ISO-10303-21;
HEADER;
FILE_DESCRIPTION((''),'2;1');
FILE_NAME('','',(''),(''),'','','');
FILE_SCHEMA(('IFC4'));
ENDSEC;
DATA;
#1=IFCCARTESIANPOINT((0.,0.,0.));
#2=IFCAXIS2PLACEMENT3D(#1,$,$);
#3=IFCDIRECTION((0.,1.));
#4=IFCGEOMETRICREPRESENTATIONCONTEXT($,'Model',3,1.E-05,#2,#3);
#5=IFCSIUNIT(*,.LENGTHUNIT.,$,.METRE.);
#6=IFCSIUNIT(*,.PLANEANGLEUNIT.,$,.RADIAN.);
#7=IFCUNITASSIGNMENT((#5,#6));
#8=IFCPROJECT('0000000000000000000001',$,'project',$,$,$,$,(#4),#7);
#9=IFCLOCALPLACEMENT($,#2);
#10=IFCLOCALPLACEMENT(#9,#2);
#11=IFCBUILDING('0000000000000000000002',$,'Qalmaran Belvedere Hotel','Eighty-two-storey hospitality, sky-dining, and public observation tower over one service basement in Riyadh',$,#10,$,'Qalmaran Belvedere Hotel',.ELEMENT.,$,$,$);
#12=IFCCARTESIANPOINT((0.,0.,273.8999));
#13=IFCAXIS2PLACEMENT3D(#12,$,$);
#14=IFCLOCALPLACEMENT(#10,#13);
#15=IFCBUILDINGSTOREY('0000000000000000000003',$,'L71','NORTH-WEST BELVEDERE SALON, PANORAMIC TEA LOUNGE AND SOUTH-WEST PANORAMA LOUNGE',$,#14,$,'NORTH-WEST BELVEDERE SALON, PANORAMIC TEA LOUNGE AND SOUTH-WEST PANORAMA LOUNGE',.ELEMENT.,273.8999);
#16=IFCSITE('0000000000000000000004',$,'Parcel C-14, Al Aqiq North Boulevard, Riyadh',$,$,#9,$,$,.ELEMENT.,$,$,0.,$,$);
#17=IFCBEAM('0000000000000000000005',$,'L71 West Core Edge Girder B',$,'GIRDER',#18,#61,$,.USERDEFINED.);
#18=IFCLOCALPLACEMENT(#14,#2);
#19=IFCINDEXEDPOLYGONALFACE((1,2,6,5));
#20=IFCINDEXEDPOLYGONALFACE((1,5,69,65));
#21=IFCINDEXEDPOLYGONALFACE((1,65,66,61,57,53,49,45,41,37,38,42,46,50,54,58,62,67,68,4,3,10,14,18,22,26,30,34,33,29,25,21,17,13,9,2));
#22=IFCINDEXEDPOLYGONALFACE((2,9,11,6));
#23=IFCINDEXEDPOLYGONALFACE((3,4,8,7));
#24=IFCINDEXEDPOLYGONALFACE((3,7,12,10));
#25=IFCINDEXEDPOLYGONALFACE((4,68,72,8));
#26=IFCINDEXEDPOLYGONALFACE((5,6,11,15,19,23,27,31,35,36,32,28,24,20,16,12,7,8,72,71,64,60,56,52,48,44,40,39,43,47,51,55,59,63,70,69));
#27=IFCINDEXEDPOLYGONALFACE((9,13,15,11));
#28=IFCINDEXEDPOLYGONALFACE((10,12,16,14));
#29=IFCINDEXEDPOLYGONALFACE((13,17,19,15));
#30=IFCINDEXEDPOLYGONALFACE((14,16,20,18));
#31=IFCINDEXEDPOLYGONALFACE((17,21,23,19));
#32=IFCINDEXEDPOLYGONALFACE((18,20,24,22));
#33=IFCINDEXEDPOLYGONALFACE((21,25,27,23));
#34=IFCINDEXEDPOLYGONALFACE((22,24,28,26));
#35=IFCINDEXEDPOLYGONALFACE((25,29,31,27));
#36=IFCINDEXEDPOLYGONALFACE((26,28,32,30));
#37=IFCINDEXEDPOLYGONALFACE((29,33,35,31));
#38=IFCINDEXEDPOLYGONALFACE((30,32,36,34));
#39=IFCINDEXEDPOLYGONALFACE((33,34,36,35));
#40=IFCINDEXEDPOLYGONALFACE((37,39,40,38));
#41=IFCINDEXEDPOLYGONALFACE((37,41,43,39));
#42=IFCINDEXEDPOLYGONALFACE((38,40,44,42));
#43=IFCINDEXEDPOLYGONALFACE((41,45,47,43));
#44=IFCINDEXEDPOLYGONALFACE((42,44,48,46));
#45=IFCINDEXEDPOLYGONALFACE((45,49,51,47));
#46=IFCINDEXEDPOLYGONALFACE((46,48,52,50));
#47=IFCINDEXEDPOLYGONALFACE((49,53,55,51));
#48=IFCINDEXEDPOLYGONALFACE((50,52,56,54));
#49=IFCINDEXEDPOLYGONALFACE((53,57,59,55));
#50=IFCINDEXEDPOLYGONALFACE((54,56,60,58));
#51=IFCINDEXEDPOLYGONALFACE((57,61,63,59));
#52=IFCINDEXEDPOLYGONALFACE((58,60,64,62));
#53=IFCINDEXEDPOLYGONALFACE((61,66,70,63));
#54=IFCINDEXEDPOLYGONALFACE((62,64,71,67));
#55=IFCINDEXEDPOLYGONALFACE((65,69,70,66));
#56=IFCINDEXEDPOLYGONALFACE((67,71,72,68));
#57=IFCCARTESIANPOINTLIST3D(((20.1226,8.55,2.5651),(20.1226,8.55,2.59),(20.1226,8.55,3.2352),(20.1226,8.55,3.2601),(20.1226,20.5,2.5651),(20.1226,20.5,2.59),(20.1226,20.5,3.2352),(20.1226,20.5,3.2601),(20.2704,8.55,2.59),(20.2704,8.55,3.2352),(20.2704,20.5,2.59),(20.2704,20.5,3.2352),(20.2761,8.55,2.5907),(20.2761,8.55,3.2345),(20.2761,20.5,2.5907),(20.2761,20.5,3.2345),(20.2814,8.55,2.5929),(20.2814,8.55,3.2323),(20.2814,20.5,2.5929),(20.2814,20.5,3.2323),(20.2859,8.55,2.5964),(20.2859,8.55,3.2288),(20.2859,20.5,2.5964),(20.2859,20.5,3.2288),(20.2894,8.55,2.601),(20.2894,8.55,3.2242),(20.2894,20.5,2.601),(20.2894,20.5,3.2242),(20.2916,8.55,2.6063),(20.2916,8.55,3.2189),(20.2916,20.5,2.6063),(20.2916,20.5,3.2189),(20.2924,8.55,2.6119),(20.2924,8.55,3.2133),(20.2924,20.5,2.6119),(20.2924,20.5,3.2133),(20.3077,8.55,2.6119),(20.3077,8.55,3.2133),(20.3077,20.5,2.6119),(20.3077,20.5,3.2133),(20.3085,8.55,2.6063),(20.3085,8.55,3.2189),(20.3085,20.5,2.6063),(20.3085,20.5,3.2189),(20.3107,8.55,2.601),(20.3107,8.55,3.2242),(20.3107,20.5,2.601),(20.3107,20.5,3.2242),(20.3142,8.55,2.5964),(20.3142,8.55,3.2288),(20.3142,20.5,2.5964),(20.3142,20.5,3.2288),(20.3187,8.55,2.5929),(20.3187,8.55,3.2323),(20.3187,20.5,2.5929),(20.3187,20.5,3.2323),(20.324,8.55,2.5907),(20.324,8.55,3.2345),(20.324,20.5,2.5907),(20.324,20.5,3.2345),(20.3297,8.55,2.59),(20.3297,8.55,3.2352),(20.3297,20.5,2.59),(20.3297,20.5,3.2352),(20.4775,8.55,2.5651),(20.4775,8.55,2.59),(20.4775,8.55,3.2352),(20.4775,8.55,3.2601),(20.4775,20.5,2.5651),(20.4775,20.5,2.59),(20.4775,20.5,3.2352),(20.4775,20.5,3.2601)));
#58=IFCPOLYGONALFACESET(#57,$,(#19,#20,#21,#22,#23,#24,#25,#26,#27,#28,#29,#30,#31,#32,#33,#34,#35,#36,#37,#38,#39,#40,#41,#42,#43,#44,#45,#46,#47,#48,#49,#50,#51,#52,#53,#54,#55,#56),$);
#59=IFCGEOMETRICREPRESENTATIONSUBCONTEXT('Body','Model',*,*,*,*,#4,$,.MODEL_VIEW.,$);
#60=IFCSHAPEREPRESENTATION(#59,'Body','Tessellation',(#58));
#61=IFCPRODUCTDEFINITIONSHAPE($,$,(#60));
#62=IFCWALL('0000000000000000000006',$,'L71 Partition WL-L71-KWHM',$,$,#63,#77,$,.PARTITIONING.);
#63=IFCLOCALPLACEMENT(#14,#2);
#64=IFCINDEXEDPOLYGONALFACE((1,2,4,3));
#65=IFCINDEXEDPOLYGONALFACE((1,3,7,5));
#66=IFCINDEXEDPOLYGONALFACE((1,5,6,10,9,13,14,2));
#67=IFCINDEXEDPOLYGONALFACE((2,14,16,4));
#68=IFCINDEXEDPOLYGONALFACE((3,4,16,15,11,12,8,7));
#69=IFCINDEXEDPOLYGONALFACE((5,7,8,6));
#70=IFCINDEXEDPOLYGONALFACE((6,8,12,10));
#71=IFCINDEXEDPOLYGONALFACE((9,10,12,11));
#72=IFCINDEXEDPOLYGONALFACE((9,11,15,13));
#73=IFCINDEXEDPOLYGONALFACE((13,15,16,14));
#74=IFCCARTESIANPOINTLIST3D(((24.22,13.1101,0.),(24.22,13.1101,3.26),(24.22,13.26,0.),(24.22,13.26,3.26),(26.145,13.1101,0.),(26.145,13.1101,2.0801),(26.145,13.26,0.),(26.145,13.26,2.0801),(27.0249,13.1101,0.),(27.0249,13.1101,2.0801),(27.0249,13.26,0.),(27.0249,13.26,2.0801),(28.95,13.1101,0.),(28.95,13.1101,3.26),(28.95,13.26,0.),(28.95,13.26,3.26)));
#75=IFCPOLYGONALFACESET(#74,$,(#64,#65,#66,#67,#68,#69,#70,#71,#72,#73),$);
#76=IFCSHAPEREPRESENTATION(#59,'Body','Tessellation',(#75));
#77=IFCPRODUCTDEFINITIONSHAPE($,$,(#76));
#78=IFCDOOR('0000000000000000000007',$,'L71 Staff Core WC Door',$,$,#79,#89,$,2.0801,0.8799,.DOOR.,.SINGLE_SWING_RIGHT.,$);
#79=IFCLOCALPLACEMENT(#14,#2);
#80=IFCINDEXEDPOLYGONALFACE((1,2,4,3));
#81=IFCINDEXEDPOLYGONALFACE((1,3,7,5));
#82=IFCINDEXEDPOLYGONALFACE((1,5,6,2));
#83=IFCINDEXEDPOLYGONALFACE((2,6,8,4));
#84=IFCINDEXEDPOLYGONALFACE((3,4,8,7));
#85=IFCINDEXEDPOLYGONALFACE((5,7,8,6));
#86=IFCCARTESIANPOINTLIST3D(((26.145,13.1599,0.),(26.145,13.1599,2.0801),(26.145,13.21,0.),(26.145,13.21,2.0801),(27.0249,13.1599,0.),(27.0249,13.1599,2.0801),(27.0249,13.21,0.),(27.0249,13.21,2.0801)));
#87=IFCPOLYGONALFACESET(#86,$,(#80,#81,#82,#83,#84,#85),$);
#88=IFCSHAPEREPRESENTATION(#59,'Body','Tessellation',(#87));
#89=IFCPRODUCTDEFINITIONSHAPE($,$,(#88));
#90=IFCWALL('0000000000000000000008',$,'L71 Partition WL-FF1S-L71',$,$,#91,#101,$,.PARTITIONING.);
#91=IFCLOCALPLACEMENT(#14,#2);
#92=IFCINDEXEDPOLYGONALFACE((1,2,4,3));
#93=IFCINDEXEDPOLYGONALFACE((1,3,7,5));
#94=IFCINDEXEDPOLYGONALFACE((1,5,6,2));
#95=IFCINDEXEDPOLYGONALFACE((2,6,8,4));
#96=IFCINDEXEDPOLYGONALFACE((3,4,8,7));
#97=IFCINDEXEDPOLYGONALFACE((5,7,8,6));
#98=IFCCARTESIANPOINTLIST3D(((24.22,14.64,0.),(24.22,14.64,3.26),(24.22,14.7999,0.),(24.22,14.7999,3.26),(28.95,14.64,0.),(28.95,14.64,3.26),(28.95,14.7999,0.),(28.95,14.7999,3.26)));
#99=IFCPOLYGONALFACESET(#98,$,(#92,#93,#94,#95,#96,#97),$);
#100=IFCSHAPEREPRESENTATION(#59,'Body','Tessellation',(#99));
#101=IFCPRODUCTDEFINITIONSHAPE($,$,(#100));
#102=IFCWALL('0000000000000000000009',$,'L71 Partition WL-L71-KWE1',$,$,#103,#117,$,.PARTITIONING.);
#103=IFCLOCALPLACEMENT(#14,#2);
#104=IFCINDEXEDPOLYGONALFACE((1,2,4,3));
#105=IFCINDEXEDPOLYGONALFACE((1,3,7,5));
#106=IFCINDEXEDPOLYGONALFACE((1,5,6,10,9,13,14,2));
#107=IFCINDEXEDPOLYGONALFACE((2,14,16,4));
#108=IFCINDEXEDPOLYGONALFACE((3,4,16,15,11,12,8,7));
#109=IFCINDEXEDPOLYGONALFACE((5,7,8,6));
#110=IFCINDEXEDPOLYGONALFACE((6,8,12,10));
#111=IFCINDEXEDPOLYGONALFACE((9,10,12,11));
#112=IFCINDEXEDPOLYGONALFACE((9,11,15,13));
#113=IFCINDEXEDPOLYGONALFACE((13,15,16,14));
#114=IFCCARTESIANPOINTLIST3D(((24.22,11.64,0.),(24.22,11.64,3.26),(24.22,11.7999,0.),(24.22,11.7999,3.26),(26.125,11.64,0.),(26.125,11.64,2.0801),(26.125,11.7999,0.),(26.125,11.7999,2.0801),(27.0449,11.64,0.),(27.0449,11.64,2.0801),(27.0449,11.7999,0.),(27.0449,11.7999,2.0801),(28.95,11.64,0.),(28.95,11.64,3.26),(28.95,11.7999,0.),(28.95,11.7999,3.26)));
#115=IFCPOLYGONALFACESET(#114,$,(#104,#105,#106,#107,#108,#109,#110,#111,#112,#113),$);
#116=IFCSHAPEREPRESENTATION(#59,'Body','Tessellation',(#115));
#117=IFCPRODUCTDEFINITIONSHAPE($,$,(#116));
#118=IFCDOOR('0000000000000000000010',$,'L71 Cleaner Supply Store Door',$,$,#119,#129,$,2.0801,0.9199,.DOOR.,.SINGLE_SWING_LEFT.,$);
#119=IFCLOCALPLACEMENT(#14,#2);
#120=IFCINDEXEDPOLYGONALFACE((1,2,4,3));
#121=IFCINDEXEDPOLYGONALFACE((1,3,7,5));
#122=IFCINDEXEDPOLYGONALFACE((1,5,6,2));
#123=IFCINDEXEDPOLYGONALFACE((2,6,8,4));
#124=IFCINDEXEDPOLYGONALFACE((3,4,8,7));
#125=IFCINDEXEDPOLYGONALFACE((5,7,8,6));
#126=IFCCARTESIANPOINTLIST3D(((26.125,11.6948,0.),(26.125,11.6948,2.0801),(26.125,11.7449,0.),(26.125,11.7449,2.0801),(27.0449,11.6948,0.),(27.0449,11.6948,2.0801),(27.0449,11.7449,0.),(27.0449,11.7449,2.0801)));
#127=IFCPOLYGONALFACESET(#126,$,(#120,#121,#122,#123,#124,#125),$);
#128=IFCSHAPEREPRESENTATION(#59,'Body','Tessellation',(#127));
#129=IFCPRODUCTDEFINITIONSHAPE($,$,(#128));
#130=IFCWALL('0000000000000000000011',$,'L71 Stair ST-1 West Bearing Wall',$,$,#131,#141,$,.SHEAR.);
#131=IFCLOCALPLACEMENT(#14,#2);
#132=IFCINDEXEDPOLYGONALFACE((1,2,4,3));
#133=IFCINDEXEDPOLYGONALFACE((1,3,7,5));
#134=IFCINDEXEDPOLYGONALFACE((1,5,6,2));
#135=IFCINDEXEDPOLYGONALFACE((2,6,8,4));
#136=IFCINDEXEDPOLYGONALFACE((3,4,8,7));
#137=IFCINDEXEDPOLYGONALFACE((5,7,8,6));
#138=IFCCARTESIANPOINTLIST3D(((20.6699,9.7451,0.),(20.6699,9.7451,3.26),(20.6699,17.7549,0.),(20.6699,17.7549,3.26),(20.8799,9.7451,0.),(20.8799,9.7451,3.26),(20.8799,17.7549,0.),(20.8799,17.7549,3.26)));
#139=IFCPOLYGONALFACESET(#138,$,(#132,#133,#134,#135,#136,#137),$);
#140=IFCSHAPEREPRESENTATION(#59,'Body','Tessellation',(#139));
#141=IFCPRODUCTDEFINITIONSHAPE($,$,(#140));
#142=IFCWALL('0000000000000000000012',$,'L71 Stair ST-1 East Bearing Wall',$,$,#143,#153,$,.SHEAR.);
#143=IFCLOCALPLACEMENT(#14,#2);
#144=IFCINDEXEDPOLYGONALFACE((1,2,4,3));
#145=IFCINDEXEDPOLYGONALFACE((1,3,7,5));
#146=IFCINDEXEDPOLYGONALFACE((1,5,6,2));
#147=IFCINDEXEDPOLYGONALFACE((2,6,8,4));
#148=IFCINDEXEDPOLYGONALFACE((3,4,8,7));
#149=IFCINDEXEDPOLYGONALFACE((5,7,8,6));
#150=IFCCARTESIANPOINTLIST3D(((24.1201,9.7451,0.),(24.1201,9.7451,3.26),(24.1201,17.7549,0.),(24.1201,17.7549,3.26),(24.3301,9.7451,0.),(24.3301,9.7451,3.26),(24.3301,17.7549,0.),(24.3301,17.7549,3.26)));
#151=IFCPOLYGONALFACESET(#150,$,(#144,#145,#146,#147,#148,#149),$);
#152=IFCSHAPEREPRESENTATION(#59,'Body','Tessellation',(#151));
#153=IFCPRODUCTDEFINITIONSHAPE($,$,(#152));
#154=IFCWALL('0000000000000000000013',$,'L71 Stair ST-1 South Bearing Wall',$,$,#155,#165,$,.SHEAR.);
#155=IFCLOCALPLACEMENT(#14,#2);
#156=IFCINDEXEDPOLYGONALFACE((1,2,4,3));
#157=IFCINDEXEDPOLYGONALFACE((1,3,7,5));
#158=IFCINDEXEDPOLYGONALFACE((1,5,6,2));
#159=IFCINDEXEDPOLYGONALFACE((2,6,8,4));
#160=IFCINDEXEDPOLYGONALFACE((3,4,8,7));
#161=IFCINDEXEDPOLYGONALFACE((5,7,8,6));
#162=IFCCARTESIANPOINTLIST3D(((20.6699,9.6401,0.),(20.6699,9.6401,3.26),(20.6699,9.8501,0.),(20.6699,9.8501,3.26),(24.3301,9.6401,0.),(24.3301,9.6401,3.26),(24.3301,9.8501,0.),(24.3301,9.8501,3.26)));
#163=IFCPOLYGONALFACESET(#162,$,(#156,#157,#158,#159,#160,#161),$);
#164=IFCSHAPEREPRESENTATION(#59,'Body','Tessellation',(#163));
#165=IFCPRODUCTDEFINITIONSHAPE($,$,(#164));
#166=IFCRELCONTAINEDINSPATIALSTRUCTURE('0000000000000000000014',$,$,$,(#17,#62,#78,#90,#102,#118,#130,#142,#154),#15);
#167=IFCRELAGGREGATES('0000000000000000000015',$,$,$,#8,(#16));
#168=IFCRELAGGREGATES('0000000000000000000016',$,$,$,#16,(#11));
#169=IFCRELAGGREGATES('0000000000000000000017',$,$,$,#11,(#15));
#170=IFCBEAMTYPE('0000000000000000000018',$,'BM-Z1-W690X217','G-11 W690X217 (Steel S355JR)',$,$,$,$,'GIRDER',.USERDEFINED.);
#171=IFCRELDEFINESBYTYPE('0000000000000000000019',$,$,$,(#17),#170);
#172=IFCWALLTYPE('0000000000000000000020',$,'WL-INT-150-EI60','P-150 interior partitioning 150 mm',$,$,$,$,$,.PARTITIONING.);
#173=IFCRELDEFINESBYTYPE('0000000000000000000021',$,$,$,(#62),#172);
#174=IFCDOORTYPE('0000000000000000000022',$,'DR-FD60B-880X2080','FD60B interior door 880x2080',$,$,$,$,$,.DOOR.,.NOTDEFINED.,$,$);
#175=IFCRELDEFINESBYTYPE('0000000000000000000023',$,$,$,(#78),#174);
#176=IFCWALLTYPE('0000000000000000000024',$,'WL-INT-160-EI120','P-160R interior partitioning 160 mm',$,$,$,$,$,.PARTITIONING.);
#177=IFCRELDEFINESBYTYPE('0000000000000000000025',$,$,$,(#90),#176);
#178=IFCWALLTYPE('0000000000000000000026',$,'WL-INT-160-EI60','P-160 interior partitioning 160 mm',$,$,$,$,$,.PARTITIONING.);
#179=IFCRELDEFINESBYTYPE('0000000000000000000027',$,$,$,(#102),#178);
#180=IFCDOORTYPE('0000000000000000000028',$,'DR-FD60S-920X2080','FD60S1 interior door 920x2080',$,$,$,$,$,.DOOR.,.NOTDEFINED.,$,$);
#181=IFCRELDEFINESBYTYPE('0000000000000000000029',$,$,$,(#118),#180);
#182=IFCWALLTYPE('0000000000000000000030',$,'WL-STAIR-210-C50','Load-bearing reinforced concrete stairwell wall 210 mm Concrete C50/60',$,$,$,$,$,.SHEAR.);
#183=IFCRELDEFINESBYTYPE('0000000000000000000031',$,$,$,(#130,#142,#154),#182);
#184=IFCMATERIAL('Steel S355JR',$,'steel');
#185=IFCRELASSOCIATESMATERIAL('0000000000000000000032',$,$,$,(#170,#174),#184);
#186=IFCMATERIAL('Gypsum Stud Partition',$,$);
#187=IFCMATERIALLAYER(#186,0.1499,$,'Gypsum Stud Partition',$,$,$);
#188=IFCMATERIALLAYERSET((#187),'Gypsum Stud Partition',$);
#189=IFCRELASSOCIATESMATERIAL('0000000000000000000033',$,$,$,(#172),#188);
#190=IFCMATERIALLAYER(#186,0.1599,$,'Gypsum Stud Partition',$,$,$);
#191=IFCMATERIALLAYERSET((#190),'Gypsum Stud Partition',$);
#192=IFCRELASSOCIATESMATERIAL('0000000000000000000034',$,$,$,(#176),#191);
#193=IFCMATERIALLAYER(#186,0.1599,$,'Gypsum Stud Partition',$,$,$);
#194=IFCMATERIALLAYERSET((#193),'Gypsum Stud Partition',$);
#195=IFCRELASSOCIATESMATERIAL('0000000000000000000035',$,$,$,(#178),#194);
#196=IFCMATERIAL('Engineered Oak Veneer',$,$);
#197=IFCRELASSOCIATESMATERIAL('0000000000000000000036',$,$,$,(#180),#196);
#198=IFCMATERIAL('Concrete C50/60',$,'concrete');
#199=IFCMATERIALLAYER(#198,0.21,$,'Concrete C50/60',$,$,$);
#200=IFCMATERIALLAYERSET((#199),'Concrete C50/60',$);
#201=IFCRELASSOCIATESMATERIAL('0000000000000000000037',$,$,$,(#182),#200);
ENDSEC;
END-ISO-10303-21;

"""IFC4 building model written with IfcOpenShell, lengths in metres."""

from ifc_helpers import new_model, si_unit, direction, frame, frame_2d, origin, origin_2d, place, context, subcontext, project, spatial, rectangle, i_section, extrude, material, layer, layer_set, material_profile, profile_set, type_object, element, fill, save


model = new_model("IFC4")

# Units and contexts
model_context = context("Model", 3, precision=1e-05, world=origin(), true_north=direction((0.0, 1.0)))
body_context = subcontext(model_context, "Body", "Model", "MODEL_VIEW")
ifc_project = project(units=[si_unit("LENGTHUNIT", "METRE"), si_unit("PLANEANGLEUNIT", "RADIAN")], contexts=[model_context])

# Site, building, storey
site_placement = place(None, origin())
site = spatial("IfcSite", under=ifc_project, at=site_placement, Name="Parcel C-14, Al Aqiq North Boulevard, Riyadh", CompositionType="ELEMENT", RefElevation=0.0)
building_placement = place(site_placement, origin())
building = spatial("IfcBuilding", under=site, at=building_placement, Name="Qalmaran Belvedere Hotel", Description="Eighty-two-storey hospitality, sky-dining, and public observation tower over one service basement in Riyadh", LongName="Qalmaran Belvedere Hotel", CompositionType="ELEMENT")
storey_placement = place(building_placement, frame((0.0, 0.0, 273.8999)))
storey = spatial("IfcBuildingStorey", under=building, at=storey_placement, Name="L71", Description="NORTH-WEST BELVEDERE SALON, PANORAMIC TEA LOUNGE AND SOUTH-WEST PANORAMA LOUNGE", LongName="NORTH-WEST BELVEDERE SALON, PANORAMIC TEA LOUNGE AND SOUTH-WEST PANORAMA LOUNGE", CompositionType="ELEMENT", Elevation=273.8999)

# Beam
ifc_material_1 = material(Name="Steel S355JR", Category="steel")
ifc_material_profile = material_profile(ifc_material_1, i_section(OverallWidth=0.355, OverallDepth=0.6951, WebThickness=0.0154, FlangeThickness=0.0249, FilletRadius=0.022, at=origin_2d()), Name="W690X217")
ifc_profile_set = profile_set([ifc_material_profile], Name="Steel S355JR")
beam_type = type_object("IfcBeamType", Name="BM-Z1-W690X217", Description="G-11 W690X217 (Steel S355JR)", ElementType="GIRDER", PredefinedType="USERDEFINED", material=ifc_profile_set)
beam_placement = place(storey_placement, frame((20.3, 8.55, 2.9126), z_axis=(0.0, 1.0, 0.0), x_axis=(-1.0, 0.0, 0.0)))
element("IfcBeam", 1, at=beam_placement, inside=storey, type_object=beam_type, Name="L71 West Core Edge Girder B", ObjectType="GIRDER", PredefinedType="USERDEFINED", context=body_context, shape_type="SweptSolid", body=[
    extrude(i_section(OverallWidth=0.355, OverallDepth=0.6951, WebThickness=0.0154, FlangeThickness=0.0249, FilletRadius=0.022, at=origin_2d()), origin(), (0.0, 0.0, 1.0), 11.95),
])

# Wall, opening, door
ifc_material_2 = material(Name="Gypsum Stud Partition")
ifc_layer_1 = layer(ifc_material_2, 0.1499, Name="Gypsum Stud Partition")
ifc_layer_set_1 = layer_set([ifc_layer_1], Name="Gypsum Stud Partition")
wall_type_1 = type_object("IfcWallType", Name="WL-INT-150-EI60", Description="P-150 interior partitioning 150 mm", PredefinedType="PARTITIONING", material=ifc_layer_set_1)
wall_1_placement = place(storey_placement, frame((24.22, 13.1851, 0.0), z_axis=(0.0, 0.0, 1.0), x_axis=(1.0, 0.0, 0.0)))
wall_1 = element("IfcWall", 2, at=wall_1_placement, inside=storey, type_object=wall_type_1, Name="L71 Partition WL-L71-KWHM", PredefinedType="PARTITIONING", context=body_context, shape_type="SweptSolid", body=[
    extrude(rectangle(XDim=4.73, YDim=0.1499, at=frame_2d((2.365, 0.0))), origin(), (0.0, 0.0, 1.0), 3.26),
])
opening_1_placement = place(wall_1_placement, frame((1.925, 0.0, 0.0)))
opening_1 = element("IfcOpeningElement", 3, at=opening_1_placement, cuts=wall_1, PredefinedType="OPENING", context=body_context, shape_type="SweptSolid", body=[
    extrude(rectangle(XDim=0.8799, YDim=2.0801, at=frame_2d((0.4399, 1.04))), frame((0.0, 0.085, 0.0), z_axis=(0.0, -1.0, 0.0), x_axis=(1.0, 0.0, 0.0)), (0.0, 0.0, 1.0), 0.1699),
])
door_type_1 = type_object("IfcDoorType", Name="DR-FD60B-880X2080", Description="FD60B interior door 880x2080", OperationType="NOTDEFINED", PredefinedType="DOOR", material=ifc_material_1)
door_1_placement = place(opening_1_placement, origin())
door_1 = element("IfcDoor", 4, at=door_1_placement, inside=storey, type_object=door_type_1, Name="L71 Staff Core WC Door", OperationType="SINGLE_SWING_RIGHT", OverallHeight=2.0801, OverallWidth=0.8799, PredefinedType="DOOR", context=body_context, shape_type="SweptSolid", body=[
    extrude(rectangle(XDim=0.8799, YDim=2.0801, at=frame_2d((0.4399, 1.04))), frame((0.0, 0.0249, 0.0), z_axis=(0.0, -1.0, 0.0), x_axis=(1.0, 0.0, 0.0)), (0.0, 0.0, 1.0), 0.05),
])
fill(opening_1, door_1)

# Wall
ifc_layer_2 = layer(ifc_material_2, 0.1599, Name="Gypsum Stud Partition")
ifc_layer_set_2 = layer_set([ifc_layer_2], Name="Gypsum Stud Partition")
wall_type_2 = type_object("IfcWallType", Name="WL-INT-160-EI120", Description="P-160R interior partitioning 160 mm", PredefinedType="PARTITIONING", material=ifc_layer_set_2)
wall_2_placement = place(storey_placement, frame((24.22, 14.72, 0.0), z_axis=(0.0, 0.0, 1.0), x_axis=(1.0, 0.0, 0.0)))
element("IfcWall", 5, at=wall_2_placement, inside=storey, type_object=wall_type_2, Name="L71 Partition WL-FF1S-L71", PredefinedType="PARTITIONING", context=body_context, shape_type="SweptSolid", body=[
    extrude(rectangle(XDim=4.73, YDim=0.1599, at=frame_2d((2.365, 0.0))), origin(), (0.0, 0.0, 1.0), 3.26),
])

# Wall, opening, door
ifc_layer_3 = layer(ifc_material_2, 0.1599, Name="Gypsum Stud Partition")
ifc_layer_set_3 = layer_set([ifc_layer_3], Name="Gypsum Stud Partition")
wall_type_3 = type_object("IfcWallType", Name="WL-INT-160-EI60", Description="P-160 interior partitioning 160 mm", PredefinedType="PARTITIONING", material=ifc_layer_set_3)
wall_3_placement = place(storey_placement, frame((24.22, 11.72, 0.0), z_axis=(0.0, 0.0, 1.0), x_axis=(1.0, 0.0, 0.0)))
wall_3 = element("IfcWall", 6, at=wall_3_placement, inside=storey, type_object=wall_type_3, Name="L71 Partition WL-L71-KWE1", PredefinedType="PARTITIONING", context=body_context, shape_type="SweptSolid", body=[
    extrude(rectangle(XDim=4.73, YDim=0.1599, at=frame_2d((2.365, 0.0))), origin(), (0.0, 0.0, 1.0), 3.26),
])
opening_2_placement = place(wall_3_placement, frame((1.905, 0.0, 0.0)))
opening_2 = element("IfcOpeningElement", 7, at=opening_2_placement, cuts=wall_3, PredefinedType="OPENING", context=body_context, shape_type="SweptSolid", body=[
    extrude(rectangle(XDim=0.9199, YDim=2.0801, at=frame_2d((0.46, 1.04))), frame((0.0, 0.0898, 0.0), z_axis=(0.0, -1.0, 0.0), x_axis=(1.0, 0.0, 0.0)), (0.0, 0.0, 1.0), 0.1799),
])
ifc_material_3 = material(Name="Engineered Oak Veneer")
door_type_2 = type_object("IfcDoorType", Name="DR-FD60S-920X2080", Description="FD60S1 interior door 920x2080", OperationType="NOTDEFINED", PredefinedType="DOOR", material=ifc_material_3)
door_2_placement = place(opening_2_placement, origin())
door_2 = element("IfcDoor", 8, at=door_2_placement, inside=storey, type_object=door_type_2, Name="L71 Cleaner Supply Store Door", OperationType="SINGLE_SWING_LEFT", OverallHeight=2.0801, OverallWidth=0.9199, PredefinedType="DOOR", context=body_context, shape_type="SweptSolid", body=[
    extrude(rectangle(XDim=0.9199, YDim=2.0801, at=frame_2d((0.46, 1.04))), frame((0.0, 0.0249, 0.0), z_axis=(0.0, -1.0, 0.0), x_axis=(1.0, 0.0, 0.0)), (0.0, 0.0, 1.0), 0.05),
])
fill(opening_2, door_2)

# Walls
ifc_material_4 = material(Name="Concrete C50/60", Category="concrete")
ifc_layer_4 = layer(ifc_material_4, 0.21, Name="Concrete C50/60")
ifc_layer_set_4 = layer_set([ifc_layer_4], Name="Concrete C50/60")
wall_type_4 = type_object("IfcWallType", Name="WL-STAIR-210-C50", Description="Load-bearing reinforced concrete stairwell wall 210 mm Concrete C50/60", PredefinedType="SHEAR", material=ifc_layer_set_4)
for number, where, z_axis, x_axis, name in (
    (9, (20.7749, 9.7451, 0.0), (0.0, 0.0, 1.0), (0.0, 1.0, 0.0), "L71 Stair ST-1 West Bearing Wall"),
    (10, (24.2251, 9.7451, 0.0), (0.0, 0.0, 1.0), (0.0, 1.0, 0.0), "L71 Stair ST-1 East Bearing Wall"),
):
    element("IfcWall", number, at=place(storey_placement, frame(where, z_axis=z_axis, x_axis=x_axis)), inside=storey, type_object=wall_type_4, Name=name, PredefinedType="SHEAR", context=body_context, shape_type="SweptSolid", body=[
        extrude(rectangle(XDim=8.0098, YDim=0.21, at=frame_2d((4.0049, 0.0))), origin(), (0.0, 0.0, 1.0), 3.26),
    ])
wall_4_placement = place(storey_placement, frame((20.6699, 9.7451, 0.0), z_axis=(0.0, 0.0, 1.0), x_axis=(1.0, 0.0, 0.0)))
element("IfcWall", 11, at=wall_4_placement, inside=storey, type_object=wall_type_4, Name="L71 Stair ST-1 South Bearing Wall", PredefinedType="SHEAR", context=body_context, shape_type="SweptSolid", body=[
    extrude(rectangle(XDim=3.6602, YDim=0.21, at=frame_2d((1.8301, 0.0))), origin(), (0.0, 0.0, 1.0), 3.26),
])

save(model, "model.ifc")
